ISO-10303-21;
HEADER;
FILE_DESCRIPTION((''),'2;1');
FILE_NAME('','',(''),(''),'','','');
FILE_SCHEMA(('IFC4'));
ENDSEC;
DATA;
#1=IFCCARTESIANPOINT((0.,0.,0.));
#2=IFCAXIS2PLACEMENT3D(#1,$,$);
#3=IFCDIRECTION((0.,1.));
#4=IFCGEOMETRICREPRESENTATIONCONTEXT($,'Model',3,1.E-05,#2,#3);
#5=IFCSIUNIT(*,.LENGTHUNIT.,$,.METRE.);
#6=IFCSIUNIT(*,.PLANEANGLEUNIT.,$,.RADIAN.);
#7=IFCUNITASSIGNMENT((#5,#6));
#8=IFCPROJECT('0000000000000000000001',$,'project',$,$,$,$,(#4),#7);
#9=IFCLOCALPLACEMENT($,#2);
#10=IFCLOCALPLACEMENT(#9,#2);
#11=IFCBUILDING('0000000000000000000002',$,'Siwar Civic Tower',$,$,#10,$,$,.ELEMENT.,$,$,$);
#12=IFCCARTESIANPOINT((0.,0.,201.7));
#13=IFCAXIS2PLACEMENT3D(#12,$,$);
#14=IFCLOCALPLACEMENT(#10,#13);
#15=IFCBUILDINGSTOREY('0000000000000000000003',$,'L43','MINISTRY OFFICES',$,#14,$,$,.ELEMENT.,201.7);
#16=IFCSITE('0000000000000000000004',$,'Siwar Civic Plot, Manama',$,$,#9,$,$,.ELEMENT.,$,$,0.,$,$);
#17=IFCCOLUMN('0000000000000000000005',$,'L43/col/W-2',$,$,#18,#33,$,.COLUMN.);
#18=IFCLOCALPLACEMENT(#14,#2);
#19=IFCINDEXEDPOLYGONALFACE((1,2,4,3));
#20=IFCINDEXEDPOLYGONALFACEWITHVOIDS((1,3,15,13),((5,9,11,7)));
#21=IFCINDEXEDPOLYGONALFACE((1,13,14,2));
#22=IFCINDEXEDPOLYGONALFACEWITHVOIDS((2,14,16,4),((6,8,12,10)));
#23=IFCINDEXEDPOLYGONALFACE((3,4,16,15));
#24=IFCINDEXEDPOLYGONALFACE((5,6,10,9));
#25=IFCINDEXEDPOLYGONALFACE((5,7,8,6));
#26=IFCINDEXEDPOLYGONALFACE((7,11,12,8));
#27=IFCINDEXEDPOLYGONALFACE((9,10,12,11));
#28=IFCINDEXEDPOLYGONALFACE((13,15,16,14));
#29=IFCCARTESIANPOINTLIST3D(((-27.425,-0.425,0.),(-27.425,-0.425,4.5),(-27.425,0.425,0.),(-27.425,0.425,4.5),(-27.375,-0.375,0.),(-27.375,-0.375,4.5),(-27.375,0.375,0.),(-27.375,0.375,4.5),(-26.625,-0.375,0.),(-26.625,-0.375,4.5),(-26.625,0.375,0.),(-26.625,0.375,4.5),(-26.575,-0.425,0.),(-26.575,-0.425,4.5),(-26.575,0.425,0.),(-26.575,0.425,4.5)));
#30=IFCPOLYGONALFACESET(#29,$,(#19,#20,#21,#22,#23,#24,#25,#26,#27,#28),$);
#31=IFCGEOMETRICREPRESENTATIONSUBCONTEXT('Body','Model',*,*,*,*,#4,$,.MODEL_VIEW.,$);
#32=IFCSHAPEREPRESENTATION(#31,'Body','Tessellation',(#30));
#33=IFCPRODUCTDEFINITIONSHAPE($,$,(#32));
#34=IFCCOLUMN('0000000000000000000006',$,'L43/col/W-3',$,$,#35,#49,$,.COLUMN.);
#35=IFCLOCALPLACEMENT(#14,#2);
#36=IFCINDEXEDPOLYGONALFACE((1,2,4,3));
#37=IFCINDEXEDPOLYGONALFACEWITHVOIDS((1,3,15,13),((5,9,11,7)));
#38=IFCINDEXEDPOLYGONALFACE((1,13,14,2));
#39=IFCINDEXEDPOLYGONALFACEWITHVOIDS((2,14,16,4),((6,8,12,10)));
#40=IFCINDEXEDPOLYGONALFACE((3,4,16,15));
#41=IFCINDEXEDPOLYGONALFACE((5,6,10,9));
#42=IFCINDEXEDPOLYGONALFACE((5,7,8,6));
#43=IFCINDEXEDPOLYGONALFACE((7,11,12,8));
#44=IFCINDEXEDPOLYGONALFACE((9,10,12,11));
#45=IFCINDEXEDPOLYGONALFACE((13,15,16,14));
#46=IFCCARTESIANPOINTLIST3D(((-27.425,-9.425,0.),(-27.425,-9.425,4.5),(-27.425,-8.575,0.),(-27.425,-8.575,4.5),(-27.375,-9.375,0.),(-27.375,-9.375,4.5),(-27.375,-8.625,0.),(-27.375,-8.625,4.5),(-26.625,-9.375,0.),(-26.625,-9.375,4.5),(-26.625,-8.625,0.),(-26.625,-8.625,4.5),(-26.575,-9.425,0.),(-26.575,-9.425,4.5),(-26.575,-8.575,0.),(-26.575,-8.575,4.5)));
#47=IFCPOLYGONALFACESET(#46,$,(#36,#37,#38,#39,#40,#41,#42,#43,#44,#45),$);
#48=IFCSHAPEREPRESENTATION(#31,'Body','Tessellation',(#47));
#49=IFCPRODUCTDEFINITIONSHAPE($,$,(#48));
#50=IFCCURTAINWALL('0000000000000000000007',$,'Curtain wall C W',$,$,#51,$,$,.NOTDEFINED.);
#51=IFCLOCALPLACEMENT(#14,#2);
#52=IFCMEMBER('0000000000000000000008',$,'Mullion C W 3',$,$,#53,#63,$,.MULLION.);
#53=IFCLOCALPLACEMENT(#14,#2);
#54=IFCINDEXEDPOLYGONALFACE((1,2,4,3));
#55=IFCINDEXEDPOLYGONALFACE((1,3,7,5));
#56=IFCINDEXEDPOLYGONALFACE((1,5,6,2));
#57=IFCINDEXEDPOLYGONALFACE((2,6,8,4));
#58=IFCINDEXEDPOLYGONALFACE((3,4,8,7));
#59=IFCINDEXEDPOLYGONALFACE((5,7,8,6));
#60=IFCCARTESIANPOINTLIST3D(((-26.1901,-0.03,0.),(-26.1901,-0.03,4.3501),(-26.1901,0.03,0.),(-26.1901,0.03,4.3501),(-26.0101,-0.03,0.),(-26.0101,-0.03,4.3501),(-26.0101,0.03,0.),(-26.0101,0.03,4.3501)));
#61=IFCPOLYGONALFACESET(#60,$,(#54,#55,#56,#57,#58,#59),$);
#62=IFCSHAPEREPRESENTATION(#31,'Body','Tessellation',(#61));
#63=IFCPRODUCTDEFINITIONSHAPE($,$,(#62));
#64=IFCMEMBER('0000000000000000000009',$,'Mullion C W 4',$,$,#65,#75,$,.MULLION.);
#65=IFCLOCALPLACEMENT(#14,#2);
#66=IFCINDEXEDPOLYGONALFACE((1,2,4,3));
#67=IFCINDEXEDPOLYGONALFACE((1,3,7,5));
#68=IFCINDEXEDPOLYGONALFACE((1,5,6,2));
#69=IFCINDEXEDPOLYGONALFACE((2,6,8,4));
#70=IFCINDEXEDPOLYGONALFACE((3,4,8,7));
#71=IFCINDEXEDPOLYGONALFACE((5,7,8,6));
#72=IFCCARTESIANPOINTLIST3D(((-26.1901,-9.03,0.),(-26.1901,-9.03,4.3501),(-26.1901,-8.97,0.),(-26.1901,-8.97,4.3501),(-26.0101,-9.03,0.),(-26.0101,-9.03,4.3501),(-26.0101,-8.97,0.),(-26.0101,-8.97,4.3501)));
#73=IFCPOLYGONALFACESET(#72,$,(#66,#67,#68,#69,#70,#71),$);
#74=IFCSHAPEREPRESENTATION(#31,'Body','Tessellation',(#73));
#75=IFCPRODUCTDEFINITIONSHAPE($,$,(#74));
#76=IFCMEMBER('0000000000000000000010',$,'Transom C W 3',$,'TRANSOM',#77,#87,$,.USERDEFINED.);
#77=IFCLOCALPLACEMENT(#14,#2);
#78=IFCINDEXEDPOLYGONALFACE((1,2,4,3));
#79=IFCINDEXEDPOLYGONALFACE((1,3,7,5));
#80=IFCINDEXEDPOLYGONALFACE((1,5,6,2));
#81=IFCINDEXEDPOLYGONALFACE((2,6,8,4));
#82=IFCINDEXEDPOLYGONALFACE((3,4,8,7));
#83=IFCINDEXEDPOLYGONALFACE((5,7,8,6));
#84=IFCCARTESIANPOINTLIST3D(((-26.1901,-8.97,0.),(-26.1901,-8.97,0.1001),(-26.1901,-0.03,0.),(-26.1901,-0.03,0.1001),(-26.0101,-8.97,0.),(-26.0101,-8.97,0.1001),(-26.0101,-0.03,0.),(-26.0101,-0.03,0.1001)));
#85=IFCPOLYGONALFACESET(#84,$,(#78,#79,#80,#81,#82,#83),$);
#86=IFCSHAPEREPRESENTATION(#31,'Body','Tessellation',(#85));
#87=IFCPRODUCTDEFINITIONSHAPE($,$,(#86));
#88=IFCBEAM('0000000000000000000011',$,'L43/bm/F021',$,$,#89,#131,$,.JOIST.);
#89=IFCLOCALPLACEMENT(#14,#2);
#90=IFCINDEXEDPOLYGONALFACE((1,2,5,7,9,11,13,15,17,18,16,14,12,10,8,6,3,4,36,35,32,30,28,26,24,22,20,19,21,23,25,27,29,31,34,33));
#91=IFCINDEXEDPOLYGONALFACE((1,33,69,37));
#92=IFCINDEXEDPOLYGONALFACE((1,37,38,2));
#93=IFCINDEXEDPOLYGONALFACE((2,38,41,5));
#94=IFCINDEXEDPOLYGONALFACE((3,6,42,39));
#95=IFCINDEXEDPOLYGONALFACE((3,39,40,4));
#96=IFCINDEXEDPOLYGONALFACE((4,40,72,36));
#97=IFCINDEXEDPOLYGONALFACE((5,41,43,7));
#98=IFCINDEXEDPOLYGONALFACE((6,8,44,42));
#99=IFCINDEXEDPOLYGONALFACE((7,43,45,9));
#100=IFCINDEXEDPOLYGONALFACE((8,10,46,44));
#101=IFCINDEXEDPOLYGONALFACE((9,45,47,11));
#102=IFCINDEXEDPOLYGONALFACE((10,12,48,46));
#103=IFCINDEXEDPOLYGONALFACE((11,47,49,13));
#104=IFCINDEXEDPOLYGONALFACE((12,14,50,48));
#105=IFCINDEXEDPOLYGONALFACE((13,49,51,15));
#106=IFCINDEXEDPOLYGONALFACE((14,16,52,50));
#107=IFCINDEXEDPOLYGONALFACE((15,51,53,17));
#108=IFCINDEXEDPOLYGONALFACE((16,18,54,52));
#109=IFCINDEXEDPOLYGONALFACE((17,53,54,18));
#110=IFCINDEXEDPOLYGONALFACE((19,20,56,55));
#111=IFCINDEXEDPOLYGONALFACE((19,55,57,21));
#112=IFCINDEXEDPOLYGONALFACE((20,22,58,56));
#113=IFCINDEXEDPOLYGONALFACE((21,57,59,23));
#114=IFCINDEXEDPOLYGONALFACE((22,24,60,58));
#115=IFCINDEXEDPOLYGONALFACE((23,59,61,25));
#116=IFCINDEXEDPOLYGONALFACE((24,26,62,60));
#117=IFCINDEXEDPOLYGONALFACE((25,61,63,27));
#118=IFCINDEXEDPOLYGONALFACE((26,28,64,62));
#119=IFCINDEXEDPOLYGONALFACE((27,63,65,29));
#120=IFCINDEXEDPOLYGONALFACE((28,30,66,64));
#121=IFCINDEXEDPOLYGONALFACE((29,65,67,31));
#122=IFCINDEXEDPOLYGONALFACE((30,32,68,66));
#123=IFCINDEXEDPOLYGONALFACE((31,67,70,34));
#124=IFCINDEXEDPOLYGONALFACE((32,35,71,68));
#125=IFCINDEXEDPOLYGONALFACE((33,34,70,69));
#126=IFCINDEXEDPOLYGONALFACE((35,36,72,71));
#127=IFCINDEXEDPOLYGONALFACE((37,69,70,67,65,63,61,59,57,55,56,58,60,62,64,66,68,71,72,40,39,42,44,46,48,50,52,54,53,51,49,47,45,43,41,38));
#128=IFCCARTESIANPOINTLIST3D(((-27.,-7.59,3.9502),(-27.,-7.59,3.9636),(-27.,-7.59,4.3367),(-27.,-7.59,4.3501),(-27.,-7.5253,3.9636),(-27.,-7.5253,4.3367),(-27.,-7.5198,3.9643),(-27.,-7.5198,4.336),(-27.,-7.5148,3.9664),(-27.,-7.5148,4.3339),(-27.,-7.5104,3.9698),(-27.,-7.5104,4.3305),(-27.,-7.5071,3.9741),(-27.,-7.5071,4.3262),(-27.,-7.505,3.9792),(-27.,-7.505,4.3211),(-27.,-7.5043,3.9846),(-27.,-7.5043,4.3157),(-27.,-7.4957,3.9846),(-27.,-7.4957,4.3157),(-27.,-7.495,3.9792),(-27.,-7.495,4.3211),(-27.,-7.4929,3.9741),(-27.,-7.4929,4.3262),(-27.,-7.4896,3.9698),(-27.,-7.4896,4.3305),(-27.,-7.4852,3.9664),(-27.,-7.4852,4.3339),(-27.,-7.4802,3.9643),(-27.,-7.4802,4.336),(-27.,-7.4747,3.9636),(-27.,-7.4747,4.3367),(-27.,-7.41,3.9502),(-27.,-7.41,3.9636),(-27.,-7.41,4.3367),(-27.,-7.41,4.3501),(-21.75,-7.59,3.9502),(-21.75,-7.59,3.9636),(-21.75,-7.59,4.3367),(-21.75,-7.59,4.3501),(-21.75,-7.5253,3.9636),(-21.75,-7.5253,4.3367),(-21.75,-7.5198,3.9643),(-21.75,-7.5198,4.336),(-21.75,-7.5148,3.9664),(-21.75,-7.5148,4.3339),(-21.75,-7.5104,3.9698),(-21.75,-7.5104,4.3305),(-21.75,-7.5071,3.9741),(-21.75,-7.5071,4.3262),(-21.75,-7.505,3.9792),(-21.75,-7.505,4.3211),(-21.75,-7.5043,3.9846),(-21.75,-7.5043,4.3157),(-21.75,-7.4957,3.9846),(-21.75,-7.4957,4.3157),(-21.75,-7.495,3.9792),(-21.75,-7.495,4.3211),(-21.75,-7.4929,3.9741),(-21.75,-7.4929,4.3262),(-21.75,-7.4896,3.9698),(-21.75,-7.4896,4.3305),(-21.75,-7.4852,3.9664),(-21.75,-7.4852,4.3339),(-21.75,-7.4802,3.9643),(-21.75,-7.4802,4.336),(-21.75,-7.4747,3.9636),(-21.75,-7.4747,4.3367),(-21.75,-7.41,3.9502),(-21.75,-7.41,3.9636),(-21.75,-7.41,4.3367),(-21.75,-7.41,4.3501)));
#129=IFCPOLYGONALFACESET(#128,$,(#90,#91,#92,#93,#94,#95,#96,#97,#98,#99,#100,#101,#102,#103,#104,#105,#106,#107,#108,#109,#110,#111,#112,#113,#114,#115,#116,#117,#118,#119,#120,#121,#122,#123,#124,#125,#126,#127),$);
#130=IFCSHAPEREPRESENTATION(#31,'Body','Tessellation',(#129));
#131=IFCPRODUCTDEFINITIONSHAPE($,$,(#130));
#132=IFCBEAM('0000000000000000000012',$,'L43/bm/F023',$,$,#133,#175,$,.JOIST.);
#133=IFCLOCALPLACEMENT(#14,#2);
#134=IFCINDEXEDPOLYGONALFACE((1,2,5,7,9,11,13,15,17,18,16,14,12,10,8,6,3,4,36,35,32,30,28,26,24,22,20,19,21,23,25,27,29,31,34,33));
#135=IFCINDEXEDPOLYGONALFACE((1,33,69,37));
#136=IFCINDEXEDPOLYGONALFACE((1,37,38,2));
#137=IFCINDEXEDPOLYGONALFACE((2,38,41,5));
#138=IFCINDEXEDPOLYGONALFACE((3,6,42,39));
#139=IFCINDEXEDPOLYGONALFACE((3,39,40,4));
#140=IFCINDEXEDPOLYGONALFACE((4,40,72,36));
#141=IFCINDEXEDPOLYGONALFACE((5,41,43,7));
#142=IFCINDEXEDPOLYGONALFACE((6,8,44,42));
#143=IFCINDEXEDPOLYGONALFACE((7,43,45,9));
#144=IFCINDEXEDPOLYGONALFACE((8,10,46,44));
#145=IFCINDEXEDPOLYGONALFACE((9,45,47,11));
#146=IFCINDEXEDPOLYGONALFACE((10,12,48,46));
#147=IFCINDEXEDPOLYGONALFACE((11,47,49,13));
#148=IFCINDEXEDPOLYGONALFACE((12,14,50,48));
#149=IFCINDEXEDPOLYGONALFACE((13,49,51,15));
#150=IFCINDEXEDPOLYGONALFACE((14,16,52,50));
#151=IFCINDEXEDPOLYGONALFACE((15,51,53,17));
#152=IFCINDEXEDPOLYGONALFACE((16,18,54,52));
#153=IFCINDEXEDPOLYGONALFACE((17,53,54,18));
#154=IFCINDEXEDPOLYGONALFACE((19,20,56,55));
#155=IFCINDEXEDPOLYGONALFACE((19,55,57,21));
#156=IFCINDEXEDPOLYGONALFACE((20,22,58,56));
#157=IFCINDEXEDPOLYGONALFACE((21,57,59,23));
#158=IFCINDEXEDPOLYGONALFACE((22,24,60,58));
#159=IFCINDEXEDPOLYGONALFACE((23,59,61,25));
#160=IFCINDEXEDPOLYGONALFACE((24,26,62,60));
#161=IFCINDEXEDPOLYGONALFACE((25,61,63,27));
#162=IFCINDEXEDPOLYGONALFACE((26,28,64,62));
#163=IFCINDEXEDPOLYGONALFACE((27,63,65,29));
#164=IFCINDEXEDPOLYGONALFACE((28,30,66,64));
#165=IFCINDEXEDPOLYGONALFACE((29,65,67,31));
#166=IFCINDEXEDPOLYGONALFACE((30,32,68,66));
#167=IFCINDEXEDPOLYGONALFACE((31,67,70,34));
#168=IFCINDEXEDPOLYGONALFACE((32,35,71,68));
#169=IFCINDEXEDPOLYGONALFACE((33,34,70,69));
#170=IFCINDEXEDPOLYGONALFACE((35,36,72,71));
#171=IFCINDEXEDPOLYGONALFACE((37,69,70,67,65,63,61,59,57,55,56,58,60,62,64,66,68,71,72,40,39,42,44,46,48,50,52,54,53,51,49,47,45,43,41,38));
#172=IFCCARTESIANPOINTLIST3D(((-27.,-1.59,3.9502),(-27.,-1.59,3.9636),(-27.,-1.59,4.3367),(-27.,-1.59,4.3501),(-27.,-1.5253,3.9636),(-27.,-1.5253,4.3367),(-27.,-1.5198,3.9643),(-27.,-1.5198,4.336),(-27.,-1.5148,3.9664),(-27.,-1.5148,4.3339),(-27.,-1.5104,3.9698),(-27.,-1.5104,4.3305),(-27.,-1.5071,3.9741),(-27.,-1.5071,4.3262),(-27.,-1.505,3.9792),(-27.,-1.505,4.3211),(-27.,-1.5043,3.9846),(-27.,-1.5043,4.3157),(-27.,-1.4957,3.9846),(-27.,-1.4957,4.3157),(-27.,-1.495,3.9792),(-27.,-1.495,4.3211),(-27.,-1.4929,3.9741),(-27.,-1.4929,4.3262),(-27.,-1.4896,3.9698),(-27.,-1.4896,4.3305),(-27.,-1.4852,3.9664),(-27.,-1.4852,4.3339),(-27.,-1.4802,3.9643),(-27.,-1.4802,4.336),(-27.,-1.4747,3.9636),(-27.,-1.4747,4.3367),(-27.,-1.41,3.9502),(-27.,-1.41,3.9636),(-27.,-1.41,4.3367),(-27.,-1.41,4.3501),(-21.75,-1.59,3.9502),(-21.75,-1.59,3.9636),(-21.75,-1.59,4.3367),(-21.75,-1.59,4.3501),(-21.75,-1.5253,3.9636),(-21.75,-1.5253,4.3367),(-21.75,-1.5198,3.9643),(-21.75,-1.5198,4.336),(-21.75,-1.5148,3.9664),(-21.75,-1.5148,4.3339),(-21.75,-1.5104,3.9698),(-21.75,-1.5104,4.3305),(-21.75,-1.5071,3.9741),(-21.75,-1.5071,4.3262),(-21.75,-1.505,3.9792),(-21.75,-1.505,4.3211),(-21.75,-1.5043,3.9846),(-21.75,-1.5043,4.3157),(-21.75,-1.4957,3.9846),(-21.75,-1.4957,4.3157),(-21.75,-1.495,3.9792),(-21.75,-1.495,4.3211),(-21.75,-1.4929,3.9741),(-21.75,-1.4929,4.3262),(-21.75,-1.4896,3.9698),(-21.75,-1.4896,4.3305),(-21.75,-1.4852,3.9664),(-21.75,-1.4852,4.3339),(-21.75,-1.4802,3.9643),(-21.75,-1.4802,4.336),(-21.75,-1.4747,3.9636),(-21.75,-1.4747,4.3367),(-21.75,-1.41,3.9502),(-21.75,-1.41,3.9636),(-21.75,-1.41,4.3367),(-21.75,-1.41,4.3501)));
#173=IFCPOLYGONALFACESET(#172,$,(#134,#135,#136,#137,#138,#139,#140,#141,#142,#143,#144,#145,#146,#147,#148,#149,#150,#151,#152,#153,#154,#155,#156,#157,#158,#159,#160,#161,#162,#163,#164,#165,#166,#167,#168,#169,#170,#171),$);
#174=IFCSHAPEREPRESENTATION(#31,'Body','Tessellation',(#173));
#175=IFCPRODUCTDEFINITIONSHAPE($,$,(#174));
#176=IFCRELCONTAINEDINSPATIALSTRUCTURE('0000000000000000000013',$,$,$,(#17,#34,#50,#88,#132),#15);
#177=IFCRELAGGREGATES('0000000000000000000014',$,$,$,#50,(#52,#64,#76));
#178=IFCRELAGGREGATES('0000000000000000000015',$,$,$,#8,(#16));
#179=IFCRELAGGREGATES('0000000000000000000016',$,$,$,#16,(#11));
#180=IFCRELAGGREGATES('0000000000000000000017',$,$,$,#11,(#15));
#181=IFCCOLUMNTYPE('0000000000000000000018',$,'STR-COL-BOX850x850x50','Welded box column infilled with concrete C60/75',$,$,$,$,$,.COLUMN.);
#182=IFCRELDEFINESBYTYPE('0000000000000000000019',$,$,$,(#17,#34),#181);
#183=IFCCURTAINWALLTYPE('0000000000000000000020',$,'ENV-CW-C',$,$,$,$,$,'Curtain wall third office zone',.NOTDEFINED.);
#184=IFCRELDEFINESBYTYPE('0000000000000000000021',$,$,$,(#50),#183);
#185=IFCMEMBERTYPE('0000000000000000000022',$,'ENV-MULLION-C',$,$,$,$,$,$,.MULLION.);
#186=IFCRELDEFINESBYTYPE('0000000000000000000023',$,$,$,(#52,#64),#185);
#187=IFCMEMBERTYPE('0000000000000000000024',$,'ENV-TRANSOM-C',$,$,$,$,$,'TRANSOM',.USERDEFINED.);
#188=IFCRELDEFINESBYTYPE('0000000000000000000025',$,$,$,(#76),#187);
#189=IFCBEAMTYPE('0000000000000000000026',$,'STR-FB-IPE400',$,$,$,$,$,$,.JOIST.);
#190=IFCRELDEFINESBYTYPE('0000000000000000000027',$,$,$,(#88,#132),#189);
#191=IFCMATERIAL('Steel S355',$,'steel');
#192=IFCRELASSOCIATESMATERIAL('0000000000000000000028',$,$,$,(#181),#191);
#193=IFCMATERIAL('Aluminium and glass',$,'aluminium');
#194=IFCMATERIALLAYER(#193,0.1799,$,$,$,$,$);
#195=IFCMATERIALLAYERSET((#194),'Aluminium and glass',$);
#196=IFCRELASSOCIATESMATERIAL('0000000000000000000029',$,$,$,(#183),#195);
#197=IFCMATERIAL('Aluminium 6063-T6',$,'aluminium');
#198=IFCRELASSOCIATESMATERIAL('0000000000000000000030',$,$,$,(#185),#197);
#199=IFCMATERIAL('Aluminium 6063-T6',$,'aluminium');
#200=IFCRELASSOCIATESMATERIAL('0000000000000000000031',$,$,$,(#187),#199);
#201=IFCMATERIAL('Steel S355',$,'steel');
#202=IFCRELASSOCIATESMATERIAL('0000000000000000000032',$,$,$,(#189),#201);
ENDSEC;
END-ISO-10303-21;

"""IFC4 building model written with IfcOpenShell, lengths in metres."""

from ifc_helpers import new_model, si_unit, direction, frame, origin, origin_2d, place, context, subcontext, project, spatial, rectangle, hollow_rectangle, i_section, extrude, material, layer, layer_set, material_profile, profile_set, type_object, element, aggregate, save


model = new_model("IFC4")

# Units and contexts
model_context = context("Model", 3, precision=1e-05, world=origin(), true_north=direction((0.0, 1.0)))
body_context = subcontext(model_context, "Body", "Model", "MODEL_VIEW")
ifc_project = project(units=[si_unit("LENGTHUNIT", "METRE"), si_unit("PLANEANGLEUNIT", "RADIAN")], contexts=[model_context])

# Site, building, storey
site_placement = place(None, origin())
site = spatial("IfcSite", under=ifc_project, at=site_placement, Name="Siwar Civic Plot, Manama", CompositionType="ELEMENT", RefElevation=0.0)
building_placement = place(site_placement, origin())
building = spatial("IfcBuilding", under=site, at=building_placement, Name="Siwar Civic Tower", CompositionType="ELEMENT")
storey_placement = place(building_placement, frame((0.0, 0.0, 201.7)))
storey = spatial("IfcBuildingStorey", under=building, at=storey_placement, Name="L43", Description="MINISTRY OFFICES", CompositionType="ELEMENT", Elevation=201.7)

# Columns
ifc_material_1 = material(Name="Steel S355", Category="steel")
ifc_material_profile_1 = material_profile(ifc_material_1, hollow_rectangle(XDim=0.8501, YDim=0.8501, WallThickness=0.05, at=origin_2d()), Name="BOX850x850x50")
ifc_profile_set_1 = profile_set([ifc_material_profile_1], Name="Steel S355")
column_type = type_object("IfcColumnType", Name="STR-COL-BOX850x850x50", Description="Welded box column infilled with concrete C60/75", PredefinedType="COLUMN", material=ifc_profile_set_1)
for number, where, z_axis, x_axis, name in (
    (1, (-27.0, 0.0, 0.0), (0.0, 0.0, 1.0), (1.0, 0.0, 0.0), "L43/col/W-2"),
    (2, (-27.0, -9.0, 0.0), (0.0, 0.0, 1.0), (1.0, 0.0, 0.0), "L43/col/W-3"),
):
    element("IfcColumn", number, at=place(storey_placement, frame(where, z_axis=z_axis, x_axis=x_axis)), inside=storey, type_object=column_type, Name=name, PredefinedType="COLUMN", context=body_context, shape_type="SweptSolid", body=[
        extrude(hollow_rectangle(XDim=0.8501, YDim=0.8501, WallThickness=0.05, at=origin_2d()), origin(), (0.0, 0.0, 1.0), 4.5),
    ])

# Curtain wall, members
ifc_material_2 = material(Name="Aluminium and glass", Category="aluminium")
ifc_layer_1 = layer(ifc_material_2, 0.1799)
ifc_layer_set_1 = layer_set([ifc_layer_1], Name="Aluminium and glass")
curtain_wall_type = type_object("IfcCurtainWallType", Name="ENV-CW-C", ElementType="Curtain wall third office zone", PredefinedType="NOTDEFINED", material=ifc_layer_set_1)
curtain_wall_placement = place(storey_placement, origin())
curtain_wall = element("IfcCurtainWall", 3, at=curtain_wall_placement, inside=storey, type_object=curtain_wall_type, Name="Curtain wall C W", PredefinedType="NOTDEFINED")
ifc_material_3 = material(Name="Aluminium 6063-T6", Category="aluminium")
ifc_material_profile_2 = material_profile(ifc_material_3, rectangle(XDim=0.1799, YDim=0.0601, at=origin_2d()), Name="AL 180x60")
ifc_profile_set_2 = profile_set([ifc_material_profile_2], Name="Aluminium 6063-T6")
member_type_1 = type_object("IfcMemberType", Name="ENV-MULLION-C", PredefinedType="MULLION", material=ifc_profile_set_2)
member_1_placement = place(storey_placement, frame((-26.1001, 0.0, 0.0), z_axis=(0.0, 0.0, 1.0), x_axis=(1.0, 0.0, 0.0)))
member_1 = element("IfcMember", 4, at=member_1_placement, type_object=member_type_1, Name="Mullion C W 3", PredefinedType="MULLION", context=body_context, shape_type="SweptSolid", body=[
    extrude(rectangle(XDim=0.1799, YDim=0.0601, at=origin_2d()), origin(), (0.0, 0.0, 1.0), 4.3501),
])
member_2_placement = place(storey_placement, frame((-26.1001, -9.0, 0.0), z_axis=(0.0, 0.0, 1.0), x_axis=(1.0, 0.0, 0.0)))
member_2 = element("IfcMember", 5, at=member_2_placement, type_object=member_type_1, Name="Mullion C W 4", PredefinedType="MULLION", context=body_context, shape_type="SweptSolid", body=[
    extrude(rectangle(XDim=0.1799, YDim=0.0601, at=origin_2d()), origin(), (0.0, 0.0, 1.0), 4.3501),
])
ifc_material_4 = material(Name="Aluminium 6063-T6", Category="aluminium")
ifc_material_profile_3 = material_profile(ifc_material_4, rectangle(XDim=0.1799, YDim=0.1001, at=origin_2d()), Name="AL 180x100")
ifc_profile_set_3 = profile_set([ifc_material_profile_3], Name="Aluminium 6063-T6")
member_type_2 = type_object("IfcMemberType", Name="ENV-TRANSOM-C", ElementType="TRANSOM", PredefinedType="USERDEFINED", material=ifc_profile_set_3)
member_3_placement = place(storey_placement, frame((-26.1001, -0.03, 0.05), z_axis=(0.0, -1.0, 0.0), x_axis=(1.0, 0.0, 0.0)))
member_3 = element("IfcMember", 6, at=member_3_placement, type_object=member_type_2, Name="Transom C W 3", ObjectType="TRANSOM", PredefinedType="USERDEFINED", context=body_context, shape_type="SweptSolid", body=[
    extrude(rectangle(XDim=0.1799, YDim=0.1001, at=origin_2d()), origin(), (0.0, 0.0, 1.0), 8.9399),
])

# Beams
ifc_material_5 = material(Name="Steel S355", Category="steel")
ifc_material_profile_4 = material_profile(ifc_material_5, i_section(OverallWidth=0.1799, OverallDepth=0.3999, WebThickness=0.0085, FlangeThickness=0.0134, FilletRadius=0.021, at=origin_2d()), Name="IPE400")
ifc_profile_set_4 = profile_set([ifc_material_profile_4], Name="Steel S355")
beam_type_1 = type_object("IfcBeamType", Name="STR-FB-IPE400", PredefinedType="JOIST", material=ifc_profile_set_4)
for number, where, z_axis, x_axis, name in (
    (7, (-27.0, -7.5, 4.1501), (1.0, 0.0, 0.0), (0.0, 1.0, 0.0), "L43/bm/F021"),
    (8, (-27.0, -1.5, 4.1501), (1.0, 0.0, 0.0), (0.0, 1.0, 0.0), "L43/bm/F023"),
):
    element("IfcBeam", number, at=place(storey_placement, frame(where, z_axis=z_axis, x_axis=x_axis)), inside=storey, type_object=beam_type_1, Name=name, PredefinedType="JOIST", context=body_context, shape_type="SweptSolid", body=[
        extrude(i_section(OverallWidth=0.1799, OverallDepth=0.3999, WebThickness=0.0085, FlangeThickness=0.0134, FilletRadius=0.021, at=origin_2d()), origin(), (0.0, 0.0, 1.0), 5.25),
    ])

aggregate(curtain_wall, [member_1, member_2, member_3])

save(model, "model.ifc")
